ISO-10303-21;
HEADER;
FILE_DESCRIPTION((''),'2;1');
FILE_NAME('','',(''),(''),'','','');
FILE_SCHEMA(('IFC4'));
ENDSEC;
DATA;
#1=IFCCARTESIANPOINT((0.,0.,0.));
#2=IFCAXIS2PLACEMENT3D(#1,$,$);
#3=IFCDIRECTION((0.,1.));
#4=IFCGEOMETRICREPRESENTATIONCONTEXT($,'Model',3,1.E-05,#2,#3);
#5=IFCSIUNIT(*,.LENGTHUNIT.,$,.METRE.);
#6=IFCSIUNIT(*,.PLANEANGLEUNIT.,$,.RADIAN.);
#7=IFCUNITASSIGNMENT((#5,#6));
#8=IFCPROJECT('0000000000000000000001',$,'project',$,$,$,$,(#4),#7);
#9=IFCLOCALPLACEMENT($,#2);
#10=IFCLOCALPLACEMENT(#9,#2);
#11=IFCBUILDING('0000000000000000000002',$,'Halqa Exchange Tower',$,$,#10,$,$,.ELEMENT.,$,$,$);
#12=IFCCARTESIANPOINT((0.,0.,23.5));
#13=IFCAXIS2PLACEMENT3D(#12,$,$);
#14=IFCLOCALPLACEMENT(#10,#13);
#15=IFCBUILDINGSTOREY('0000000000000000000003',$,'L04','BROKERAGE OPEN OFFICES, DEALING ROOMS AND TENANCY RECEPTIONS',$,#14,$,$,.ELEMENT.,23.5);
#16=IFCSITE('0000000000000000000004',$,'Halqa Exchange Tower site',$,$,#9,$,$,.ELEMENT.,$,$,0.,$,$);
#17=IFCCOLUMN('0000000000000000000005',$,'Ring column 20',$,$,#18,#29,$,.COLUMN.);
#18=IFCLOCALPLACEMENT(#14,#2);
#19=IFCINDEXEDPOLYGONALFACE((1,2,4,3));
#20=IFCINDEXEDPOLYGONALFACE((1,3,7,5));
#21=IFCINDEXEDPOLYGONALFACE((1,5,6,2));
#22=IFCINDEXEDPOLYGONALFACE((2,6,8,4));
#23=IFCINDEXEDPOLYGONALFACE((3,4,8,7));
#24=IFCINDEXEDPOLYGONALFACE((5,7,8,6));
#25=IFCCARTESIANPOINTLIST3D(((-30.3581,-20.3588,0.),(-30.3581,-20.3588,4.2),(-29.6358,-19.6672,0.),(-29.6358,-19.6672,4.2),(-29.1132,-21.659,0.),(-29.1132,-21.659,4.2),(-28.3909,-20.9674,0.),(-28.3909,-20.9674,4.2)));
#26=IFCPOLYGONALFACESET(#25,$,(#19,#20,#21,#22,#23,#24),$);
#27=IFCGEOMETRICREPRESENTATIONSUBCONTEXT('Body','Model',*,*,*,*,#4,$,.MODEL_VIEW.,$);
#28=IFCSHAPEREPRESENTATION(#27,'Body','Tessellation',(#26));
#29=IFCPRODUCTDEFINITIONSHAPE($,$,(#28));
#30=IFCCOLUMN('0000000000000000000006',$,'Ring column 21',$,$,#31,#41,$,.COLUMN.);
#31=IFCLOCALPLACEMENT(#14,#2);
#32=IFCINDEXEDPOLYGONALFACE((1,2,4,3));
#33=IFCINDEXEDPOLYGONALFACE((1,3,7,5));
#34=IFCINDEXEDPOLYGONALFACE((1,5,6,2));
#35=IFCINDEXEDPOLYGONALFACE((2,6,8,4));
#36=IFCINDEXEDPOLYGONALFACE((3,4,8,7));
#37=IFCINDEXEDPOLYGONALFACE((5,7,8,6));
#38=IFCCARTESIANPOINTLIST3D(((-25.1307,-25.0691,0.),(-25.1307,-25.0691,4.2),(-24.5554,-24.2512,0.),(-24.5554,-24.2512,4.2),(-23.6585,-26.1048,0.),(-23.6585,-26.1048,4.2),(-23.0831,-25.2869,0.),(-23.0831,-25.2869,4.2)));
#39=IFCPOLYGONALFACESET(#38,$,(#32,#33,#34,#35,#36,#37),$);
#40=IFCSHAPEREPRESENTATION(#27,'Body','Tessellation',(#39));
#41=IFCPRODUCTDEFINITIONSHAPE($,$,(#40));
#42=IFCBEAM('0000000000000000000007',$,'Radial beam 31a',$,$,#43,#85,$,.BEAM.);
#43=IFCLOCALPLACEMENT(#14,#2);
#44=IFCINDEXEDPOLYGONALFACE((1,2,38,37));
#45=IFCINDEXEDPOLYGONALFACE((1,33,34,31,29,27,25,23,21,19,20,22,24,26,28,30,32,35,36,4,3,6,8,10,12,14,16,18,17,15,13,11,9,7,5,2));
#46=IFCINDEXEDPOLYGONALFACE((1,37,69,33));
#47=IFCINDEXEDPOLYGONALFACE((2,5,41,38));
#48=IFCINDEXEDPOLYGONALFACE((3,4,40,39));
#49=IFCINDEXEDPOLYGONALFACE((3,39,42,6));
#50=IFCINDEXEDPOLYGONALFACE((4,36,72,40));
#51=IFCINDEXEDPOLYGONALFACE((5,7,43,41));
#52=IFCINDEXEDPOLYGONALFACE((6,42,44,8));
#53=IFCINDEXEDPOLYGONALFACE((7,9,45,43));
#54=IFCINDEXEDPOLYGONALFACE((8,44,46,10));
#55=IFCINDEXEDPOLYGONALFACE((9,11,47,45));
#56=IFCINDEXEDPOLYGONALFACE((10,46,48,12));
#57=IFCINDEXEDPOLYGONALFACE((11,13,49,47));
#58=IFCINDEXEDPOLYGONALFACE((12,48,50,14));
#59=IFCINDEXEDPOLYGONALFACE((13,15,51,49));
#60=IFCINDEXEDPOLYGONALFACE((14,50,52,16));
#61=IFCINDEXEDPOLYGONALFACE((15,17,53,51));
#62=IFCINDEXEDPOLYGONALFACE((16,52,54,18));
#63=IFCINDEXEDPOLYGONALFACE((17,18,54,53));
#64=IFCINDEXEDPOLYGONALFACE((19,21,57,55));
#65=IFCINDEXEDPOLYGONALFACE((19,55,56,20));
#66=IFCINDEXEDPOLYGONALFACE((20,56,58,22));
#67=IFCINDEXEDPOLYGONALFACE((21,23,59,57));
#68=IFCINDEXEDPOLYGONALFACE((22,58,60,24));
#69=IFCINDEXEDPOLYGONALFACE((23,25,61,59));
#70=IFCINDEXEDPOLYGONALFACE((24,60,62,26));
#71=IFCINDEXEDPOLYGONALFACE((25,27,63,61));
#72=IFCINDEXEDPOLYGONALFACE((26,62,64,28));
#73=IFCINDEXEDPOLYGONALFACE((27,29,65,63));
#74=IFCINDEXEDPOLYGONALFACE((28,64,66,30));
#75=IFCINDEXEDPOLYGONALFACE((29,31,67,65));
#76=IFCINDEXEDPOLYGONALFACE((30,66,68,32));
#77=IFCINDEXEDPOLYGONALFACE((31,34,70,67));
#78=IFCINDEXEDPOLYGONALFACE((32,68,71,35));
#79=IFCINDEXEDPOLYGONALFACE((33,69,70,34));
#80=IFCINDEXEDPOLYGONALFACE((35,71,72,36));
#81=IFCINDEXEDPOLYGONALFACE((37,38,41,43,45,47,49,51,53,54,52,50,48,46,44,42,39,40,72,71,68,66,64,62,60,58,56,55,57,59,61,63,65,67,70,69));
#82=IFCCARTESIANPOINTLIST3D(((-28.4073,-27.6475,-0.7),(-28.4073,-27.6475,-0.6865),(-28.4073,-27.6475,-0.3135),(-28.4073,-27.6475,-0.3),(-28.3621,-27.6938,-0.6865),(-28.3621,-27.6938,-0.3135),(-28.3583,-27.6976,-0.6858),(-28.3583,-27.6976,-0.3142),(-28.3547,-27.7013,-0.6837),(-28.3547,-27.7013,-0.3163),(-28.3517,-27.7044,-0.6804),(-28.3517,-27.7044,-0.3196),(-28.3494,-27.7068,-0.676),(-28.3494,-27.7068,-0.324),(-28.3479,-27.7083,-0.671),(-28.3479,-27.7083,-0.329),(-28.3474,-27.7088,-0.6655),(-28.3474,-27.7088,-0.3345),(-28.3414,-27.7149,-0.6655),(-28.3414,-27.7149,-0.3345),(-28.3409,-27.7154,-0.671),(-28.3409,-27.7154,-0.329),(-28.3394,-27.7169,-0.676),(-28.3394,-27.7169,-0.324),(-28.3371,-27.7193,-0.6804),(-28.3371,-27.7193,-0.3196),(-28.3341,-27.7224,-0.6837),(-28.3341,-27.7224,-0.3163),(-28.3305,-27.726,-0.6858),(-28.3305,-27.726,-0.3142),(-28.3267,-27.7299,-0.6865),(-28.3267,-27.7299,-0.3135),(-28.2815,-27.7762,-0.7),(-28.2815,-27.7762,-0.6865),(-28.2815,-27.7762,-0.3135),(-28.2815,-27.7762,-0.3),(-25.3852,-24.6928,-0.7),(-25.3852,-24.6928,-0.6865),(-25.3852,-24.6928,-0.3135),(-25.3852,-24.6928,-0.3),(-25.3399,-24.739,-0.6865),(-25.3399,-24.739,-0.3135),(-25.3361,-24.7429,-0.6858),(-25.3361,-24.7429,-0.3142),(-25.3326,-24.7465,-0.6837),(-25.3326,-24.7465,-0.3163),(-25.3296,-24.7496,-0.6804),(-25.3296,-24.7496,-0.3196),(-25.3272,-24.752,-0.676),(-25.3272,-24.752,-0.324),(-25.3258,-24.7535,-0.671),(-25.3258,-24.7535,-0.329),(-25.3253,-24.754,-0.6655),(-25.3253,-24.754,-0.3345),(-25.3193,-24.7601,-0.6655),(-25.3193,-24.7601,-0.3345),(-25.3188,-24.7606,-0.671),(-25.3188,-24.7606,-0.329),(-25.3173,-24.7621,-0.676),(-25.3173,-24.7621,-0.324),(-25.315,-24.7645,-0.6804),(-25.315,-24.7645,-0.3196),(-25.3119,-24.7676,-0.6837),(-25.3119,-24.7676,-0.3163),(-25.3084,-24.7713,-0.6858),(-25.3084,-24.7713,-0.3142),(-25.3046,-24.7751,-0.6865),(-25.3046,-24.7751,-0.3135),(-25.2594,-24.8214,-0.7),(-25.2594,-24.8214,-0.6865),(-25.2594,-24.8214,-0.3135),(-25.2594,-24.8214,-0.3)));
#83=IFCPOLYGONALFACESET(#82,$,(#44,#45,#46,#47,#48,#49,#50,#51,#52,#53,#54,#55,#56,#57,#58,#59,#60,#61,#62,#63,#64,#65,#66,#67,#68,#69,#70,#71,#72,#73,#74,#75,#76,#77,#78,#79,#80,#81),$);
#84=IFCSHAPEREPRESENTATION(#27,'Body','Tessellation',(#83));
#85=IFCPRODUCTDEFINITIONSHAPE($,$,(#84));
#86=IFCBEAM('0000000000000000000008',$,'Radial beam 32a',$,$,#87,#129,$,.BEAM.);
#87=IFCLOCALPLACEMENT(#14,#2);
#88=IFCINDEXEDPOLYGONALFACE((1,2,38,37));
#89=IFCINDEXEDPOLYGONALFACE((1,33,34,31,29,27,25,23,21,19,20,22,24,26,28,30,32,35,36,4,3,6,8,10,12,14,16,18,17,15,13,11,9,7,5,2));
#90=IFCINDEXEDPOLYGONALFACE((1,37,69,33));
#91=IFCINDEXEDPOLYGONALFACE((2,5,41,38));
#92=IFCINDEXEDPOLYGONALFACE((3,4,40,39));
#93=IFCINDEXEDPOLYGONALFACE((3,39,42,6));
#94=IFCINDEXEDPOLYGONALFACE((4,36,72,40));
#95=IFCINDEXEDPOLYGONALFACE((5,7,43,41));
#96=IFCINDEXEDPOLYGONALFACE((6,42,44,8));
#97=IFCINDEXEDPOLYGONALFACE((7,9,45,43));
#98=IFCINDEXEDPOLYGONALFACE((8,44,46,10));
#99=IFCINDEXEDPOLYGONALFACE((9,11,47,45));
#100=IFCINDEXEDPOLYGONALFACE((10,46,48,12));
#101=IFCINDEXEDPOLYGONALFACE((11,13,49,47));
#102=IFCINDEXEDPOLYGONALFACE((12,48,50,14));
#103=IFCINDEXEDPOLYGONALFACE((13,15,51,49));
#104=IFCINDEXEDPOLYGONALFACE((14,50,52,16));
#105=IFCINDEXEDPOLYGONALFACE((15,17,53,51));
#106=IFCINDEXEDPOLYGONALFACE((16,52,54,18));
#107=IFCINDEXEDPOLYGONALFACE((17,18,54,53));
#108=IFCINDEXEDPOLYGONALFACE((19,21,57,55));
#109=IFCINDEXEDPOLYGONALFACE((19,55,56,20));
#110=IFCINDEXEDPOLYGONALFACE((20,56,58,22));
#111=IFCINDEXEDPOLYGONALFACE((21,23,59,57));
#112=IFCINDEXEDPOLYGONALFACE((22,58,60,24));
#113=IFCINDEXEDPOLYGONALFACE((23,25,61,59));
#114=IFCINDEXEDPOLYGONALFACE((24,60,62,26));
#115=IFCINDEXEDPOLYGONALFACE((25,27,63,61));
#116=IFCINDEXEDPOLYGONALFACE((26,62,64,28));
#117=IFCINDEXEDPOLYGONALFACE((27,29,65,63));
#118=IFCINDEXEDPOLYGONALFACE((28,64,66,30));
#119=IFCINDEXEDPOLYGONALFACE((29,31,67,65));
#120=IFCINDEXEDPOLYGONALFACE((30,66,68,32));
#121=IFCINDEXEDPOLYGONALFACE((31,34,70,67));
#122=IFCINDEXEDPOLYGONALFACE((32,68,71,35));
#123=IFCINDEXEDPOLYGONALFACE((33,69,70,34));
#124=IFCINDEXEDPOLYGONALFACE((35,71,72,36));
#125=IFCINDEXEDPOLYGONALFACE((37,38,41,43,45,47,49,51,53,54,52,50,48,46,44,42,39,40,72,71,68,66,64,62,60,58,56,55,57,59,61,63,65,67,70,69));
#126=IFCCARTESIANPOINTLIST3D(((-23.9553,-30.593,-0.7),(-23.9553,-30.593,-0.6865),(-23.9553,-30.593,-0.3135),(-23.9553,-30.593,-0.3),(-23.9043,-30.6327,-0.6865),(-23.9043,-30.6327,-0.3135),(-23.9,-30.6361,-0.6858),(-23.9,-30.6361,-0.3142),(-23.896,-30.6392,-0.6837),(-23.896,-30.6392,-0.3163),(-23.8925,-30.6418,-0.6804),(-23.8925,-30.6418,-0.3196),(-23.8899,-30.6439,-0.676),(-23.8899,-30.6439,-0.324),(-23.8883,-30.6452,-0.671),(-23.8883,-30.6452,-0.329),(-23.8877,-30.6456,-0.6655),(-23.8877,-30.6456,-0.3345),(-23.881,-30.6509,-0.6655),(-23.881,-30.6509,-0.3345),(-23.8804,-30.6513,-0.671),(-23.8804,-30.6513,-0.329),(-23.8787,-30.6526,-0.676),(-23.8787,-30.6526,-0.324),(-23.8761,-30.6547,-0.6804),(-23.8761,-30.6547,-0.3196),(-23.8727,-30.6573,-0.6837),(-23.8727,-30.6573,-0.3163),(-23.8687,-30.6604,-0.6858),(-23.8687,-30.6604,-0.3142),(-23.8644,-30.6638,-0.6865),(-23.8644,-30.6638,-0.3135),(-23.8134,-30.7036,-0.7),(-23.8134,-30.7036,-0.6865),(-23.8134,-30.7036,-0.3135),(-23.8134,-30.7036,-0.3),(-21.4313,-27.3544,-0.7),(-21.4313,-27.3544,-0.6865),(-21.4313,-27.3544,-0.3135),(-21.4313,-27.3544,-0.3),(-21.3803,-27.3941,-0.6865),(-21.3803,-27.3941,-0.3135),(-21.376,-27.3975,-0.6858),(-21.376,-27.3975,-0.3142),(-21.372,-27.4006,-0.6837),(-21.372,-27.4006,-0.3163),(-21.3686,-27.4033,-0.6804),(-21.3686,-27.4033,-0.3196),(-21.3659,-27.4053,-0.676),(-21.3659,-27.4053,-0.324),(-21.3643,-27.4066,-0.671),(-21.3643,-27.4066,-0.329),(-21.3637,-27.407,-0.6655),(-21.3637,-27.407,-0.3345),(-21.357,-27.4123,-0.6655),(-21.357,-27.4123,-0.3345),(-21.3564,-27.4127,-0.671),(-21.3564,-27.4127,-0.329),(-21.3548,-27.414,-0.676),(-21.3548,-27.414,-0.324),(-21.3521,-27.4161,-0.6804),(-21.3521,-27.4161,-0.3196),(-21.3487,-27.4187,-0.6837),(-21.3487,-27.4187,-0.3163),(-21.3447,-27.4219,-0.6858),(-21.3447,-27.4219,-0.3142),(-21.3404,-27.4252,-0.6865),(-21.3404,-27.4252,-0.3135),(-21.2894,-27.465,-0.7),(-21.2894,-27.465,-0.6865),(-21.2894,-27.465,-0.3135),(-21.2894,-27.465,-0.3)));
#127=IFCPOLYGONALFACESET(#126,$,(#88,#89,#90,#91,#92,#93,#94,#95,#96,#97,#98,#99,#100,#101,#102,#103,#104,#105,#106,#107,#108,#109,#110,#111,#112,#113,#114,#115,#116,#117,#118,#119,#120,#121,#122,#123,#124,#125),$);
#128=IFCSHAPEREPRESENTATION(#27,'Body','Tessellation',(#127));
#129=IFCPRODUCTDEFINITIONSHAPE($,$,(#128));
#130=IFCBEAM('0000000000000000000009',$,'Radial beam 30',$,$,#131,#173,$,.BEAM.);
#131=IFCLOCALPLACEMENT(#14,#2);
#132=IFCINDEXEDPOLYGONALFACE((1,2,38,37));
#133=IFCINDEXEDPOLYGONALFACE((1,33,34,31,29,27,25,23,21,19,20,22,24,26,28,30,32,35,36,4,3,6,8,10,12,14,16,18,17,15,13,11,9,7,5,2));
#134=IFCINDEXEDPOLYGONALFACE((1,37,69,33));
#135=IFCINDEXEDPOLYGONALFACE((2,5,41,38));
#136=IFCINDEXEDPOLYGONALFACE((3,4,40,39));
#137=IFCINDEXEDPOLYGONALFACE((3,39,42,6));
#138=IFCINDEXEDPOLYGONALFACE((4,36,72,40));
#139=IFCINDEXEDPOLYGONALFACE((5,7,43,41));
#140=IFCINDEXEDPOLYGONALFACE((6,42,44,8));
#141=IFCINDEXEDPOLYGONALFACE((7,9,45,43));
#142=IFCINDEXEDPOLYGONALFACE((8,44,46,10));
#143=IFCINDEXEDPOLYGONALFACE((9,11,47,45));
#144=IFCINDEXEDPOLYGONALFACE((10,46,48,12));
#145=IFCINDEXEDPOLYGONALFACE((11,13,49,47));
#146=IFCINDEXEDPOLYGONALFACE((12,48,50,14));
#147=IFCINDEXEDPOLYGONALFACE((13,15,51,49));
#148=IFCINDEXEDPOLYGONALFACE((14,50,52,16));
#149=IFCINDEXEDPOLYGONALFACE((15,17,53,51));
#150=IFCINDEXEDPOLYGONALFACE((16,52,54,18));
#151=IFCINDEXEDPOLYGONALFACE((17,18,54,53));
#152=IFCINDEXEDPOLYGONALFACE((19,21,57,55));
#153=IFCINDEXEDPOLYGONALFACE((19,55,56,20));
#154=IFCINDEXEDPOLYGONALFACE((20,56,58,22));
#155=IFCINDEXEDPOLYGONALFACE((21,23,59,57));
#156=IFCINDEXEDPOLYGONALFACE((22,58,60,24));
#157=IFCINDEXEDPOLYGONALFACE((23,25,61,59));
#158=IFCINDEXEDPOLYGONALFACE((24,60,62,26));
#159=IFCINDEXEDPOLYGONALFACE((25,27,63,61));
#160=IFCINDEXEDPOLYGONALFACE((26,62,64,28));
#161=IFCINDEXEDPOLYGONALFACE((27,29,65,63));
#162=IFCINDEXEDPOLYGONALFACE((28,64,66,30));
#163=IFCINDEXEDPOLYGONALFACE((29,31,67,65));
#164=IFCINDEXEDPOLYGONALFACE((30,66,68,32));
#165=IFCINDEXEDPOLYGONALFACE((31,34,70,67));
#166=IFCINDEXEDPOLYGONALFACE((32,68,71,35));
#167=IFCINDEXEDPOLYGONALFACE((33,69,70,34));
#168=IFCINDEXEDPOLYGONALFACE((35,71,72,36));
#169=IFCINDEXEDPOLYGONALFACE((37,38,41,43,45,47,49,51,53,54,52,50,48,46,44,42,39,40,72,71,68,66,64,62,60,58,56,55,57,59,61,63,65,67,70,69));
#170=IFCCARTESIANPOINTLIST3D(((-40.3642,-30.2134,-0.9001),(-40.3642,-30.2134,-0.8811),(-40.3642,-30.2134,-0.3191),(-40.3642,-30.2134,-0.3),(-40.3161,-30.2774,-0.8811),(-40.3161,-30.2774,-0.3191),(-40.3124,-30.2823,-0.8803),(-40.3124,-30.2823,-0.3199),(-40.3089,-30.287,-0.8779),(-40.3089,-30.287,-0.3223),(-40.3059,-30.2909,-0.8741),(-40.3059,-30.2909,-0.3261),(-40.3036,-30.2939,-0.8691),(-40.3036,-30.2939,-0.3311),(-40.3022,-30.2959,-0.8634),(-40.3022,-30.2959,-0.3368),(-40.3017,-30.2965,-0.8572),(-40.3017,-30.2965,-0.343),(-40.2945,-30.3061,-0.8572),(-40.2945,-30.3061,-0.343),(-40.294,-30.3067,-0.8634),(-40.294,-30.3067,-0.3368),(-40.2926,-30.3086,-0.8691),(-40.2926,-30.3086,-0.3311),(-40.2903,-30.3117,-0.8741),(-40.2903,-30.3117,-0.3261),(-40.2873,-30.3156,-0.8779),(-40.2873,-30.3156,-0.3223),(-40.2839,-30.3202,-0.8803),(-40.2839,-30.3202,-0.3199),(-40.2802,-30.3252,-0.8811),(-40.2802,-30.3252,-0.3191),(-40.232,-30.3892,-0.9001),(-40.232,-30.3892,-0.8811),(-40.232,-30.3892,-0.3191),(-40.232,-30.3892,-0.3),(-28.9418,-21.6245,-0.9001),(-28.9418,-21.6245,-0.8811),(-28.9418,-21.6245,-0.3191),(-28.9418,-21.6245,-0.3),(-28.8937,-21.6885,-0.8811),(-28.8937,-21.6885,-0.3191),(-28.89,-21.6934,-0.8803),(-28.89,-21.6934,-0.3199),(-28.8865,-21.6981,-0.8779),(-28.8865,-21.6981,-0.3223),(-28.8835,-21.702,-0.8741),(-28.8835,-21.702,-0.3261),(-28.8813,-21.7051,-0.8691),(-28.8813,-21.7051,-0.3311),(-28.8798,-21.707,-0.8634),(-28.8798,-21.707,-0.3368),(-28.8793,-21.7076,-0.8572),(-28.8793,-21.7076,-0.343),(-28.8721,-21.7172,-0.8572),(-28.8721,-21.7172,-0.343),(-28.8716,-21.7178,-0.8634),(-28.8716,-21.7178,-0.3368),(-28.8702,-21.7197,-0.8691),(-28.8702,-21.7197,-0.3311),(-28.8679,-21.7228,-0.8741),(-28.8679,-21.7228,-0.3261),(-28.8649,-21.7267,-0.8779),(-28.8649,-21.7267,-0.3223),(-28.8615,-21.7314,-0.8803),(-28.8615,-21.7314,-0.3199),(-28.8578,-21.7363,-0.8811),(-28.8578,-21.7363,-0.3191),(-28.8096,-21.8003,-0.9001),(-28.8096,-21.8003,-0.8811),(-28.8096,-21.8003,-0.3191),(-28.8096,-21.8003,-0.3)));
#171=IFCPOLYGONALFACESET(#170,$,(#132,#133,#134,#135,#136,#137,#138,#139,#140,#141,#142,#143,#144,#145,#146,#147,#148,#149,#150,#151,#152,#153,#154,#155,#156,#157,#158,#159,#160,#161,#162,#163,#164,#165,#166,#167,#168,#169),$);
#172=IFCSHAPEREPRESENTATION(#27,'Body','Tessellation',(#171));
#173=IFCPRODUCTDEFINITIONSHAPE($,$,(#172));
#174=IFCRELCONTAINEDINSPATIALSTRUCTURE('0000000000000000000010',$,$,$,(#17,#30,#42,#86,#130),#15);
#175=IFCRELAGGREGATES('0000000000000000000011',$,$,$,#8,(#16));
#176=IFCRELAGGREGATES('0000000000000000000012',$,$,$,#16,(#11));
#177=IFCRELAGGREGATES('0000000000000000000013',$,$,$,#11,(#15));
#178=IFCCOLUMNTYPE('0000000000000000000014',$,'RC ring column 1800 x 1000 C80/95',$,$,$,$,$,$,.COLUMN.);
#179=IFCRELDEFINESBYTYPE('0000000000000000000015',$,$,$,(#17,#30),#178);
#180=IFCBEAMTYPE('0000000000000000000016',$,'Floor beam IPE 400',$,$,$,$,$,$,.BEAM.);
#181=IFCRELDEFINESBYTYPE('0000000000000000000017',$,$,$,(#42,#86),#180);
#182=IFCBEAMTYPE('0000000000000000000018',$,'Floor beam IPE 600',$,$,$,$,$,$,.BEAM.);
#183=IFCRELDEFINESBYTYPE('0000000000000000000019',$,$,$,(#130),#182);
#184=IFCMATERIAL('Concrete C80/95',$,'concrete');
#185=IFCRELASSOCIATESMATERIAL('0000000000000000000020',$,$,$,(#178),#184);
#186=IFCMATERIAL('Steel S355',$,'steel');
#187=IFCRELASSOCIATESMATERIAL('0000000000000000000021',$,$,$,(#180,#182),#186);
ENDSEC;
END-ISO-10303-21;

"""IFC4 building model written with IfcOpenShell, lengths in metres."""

from ifc_helpers import new_model, si_unit, direction, frame, origin, origin_2d, place, context, subcontext, project, spatial, rectangle, i_section, extrude, material, material_profile, profile_set, type_object, element, save


model = new_model("IFC4")

# Units and contexts
model_context = context("Model", 3, precision=1e-05, world=origin(), true_north=direction((0.0, 1.0)))
body_context = subcontext(model_context, "Body", "Model", "MODEL_VIEW")
ifc_project = project(units=[si_unit("LENGTHUNIT", "METRE"), si_unit("PLANEANGLEUNIT", "RADIAN")], contexts=[model_context])

# Site, building, storey
site_placement = place(None, origin())
site = spatial("IfcSite", under=ifc_project, at=site_placement, Name="Halqa Exchange Tower site", CompositionType="ELEMENT", RefElevation=0.0)
building_placement = place(site_placement, origin())
building = spatial("IfcBuilding", under=site, at=building_placement, Name="Halqa Exchange Tower", CompositionType="ELEMENT")
storey_placement = place(building_placement, frame((0.0, 0.0, 23.5)))
storey = spatial("IfcBuildingStorey", under=building, at=storey_placement, Name="L04", Description="BROKERAGE OPEN OFFICES, DEALING ROOMS AND TENANCY RECEPTIONS", CompositionType="ELEMENT", Elevation=23.5)

# Columns
ifc_material_1 = material(Name="Concrete C80/95", Category="concrete")
ifc_material_profile_1 = material_profile(ifc_material_1, rectangle(XDim=1.8, YDim=1.0, at=origin_2d()), Name="1800 x 1000")
ifc_profile_set_1 = profile_set([ifc_material_profile_1], Name="Concrete C80/95")
column_type = type_object("IfcColumnType", Name="RC ring column 1800 x 1000 C80/95", PredefinedType="COLUMN", material=ifc_profile_set_1)
for number, where, z_axis, x_axis, name in (
    (1, (-29.3745, -20.6631, 0.0), (0.0, 0.0, 1.0), (0.691581, -0.722299, 0.0), "Ring column 20"),
    (2, (-24.1069, -25.178, 0.0), (0.0, 0.0, 1.0), (0.817909, -0.575348, 0.0), "Ring column 21"),
):
    element("IfcColumn", number, at=place(storey_placement, frame(where, z_axis=z_axis, x_axis=x_axis)), inside=storey, type_object=column_type, Name=name, PredefinedType="COLUMN", context=body_context, shape_type="SweptSolid", body=[
        extrude(rectangle(XDim=1.8, YDim=1.0, at=origin_2d()), origin(), (0.0, 0.0, 1.0), 4.2),
    ])

# Beams
ifc_material_2 = material(Name="Steel S355", Category="steel")
ifc_material_profile_2 = material_profile(ifc_material_2, i_section(OverallWidth=0.1799, OverallDepth=0.3999, WebThickness=0.0085, FlangeThickness=0.0134, FilletRadius=0.021, at=origin_2d()), Name="IPE 400")
ifc_profile_set_2 = profile_set([ifc_material_profile_2], Name="Steel S355")
beam_type_1 = type_object("IfcBeamType", Name="Floor beam IPE 400", PredefinedType="BEAM", material=ifc_profile_set_2)
beam_1_placement = place(storey_placement, frame((-25.3223, -24.7571, -0.5), z_axis=(-0.715033, -0.699091, 0.0), x_axis=(0.699091, -0.715033, 0.0)))
element("IfcBeam", 3, at=beam_1_placement, inside=storey, type_object=beam_type_1, Name="Radial beam 31a", PredefinedType="BEAM", context=body_context, shape_type="SweptSolid", body=[
    extrude(i_section(OverallWidth=0.1799, OverallDepth=0.3999, WebThickness=0.0085, FlangeThickness=0.0134, FilletRadius=0.021, at=origin_2d()), origin(), (0.0, 0.0, 1.0), 4.2266),
])
beam_2_placement = place(storey_placement, frame((-21.3604, -27.4097, -0.5), z_axis=(-0.61471, -0.788753, 0.0), x_axis=(0.788753, -0.61471, 0.0)))
element("IfcBeam", 4, at=beam_2_placement, inside=storey, type_object=beam_type_1, Name="Radial beam 32a", PredefinedType="BEAM", context=body_context, shape_type="SweptSolid", body=[
    extrude(i_section(OverallWidth=0.1799, OverallDepth=0.3999, WebThickness=0.0085, FlangeThickness=0.0134, FilletRadius=0.021, at=origin_2d()), origin(), (0.0, 0.0, 1.0), 4.106),
])
ifc_material_profile_3 = material_profile(ifc_material_2, i_section(OverallWidth=0.22, OverallDepth=0.6001, WebThickness=0.012, FlangeThickness=0.019, FilletRadius=0.0239, at=origin_2d()), Name="IPE 600")
ifc_profile_set_3 = profile_set([ifc_material_profile_3], Name="Steel S355")
beam_type_2 = type_object("IfcBeamType", Name="Floor beam IPE 600", PredefinedType="BEAM", material=ifc_profile_set_3)
beam_3_placement = place(storey_placement, frame((-28.8757, -21.7124, -0.6001), z_axis=(-0.799257, -0.600989, 0.0), x_axis=(0.600989, -0.799257, 0.0)))
element("IfcBeam", 5, at=beam_3_placement, inside=storey, type_object=beam_type_2, Name="Radial beam 30", PredefinedType="BEAM", context=body_context, shape_type="SweptSolid", body=[
    extrude(i_section(OverallWidth=0.22, OverallDepth=0.6001, WebThickness=0.012, FlangeThickness=0.019, FilletRadius=0.0239, at=origin_2d()), origin(), (0.0, 0.0, 1.0), 14.2913),
])

save(model, "model.ifc")
